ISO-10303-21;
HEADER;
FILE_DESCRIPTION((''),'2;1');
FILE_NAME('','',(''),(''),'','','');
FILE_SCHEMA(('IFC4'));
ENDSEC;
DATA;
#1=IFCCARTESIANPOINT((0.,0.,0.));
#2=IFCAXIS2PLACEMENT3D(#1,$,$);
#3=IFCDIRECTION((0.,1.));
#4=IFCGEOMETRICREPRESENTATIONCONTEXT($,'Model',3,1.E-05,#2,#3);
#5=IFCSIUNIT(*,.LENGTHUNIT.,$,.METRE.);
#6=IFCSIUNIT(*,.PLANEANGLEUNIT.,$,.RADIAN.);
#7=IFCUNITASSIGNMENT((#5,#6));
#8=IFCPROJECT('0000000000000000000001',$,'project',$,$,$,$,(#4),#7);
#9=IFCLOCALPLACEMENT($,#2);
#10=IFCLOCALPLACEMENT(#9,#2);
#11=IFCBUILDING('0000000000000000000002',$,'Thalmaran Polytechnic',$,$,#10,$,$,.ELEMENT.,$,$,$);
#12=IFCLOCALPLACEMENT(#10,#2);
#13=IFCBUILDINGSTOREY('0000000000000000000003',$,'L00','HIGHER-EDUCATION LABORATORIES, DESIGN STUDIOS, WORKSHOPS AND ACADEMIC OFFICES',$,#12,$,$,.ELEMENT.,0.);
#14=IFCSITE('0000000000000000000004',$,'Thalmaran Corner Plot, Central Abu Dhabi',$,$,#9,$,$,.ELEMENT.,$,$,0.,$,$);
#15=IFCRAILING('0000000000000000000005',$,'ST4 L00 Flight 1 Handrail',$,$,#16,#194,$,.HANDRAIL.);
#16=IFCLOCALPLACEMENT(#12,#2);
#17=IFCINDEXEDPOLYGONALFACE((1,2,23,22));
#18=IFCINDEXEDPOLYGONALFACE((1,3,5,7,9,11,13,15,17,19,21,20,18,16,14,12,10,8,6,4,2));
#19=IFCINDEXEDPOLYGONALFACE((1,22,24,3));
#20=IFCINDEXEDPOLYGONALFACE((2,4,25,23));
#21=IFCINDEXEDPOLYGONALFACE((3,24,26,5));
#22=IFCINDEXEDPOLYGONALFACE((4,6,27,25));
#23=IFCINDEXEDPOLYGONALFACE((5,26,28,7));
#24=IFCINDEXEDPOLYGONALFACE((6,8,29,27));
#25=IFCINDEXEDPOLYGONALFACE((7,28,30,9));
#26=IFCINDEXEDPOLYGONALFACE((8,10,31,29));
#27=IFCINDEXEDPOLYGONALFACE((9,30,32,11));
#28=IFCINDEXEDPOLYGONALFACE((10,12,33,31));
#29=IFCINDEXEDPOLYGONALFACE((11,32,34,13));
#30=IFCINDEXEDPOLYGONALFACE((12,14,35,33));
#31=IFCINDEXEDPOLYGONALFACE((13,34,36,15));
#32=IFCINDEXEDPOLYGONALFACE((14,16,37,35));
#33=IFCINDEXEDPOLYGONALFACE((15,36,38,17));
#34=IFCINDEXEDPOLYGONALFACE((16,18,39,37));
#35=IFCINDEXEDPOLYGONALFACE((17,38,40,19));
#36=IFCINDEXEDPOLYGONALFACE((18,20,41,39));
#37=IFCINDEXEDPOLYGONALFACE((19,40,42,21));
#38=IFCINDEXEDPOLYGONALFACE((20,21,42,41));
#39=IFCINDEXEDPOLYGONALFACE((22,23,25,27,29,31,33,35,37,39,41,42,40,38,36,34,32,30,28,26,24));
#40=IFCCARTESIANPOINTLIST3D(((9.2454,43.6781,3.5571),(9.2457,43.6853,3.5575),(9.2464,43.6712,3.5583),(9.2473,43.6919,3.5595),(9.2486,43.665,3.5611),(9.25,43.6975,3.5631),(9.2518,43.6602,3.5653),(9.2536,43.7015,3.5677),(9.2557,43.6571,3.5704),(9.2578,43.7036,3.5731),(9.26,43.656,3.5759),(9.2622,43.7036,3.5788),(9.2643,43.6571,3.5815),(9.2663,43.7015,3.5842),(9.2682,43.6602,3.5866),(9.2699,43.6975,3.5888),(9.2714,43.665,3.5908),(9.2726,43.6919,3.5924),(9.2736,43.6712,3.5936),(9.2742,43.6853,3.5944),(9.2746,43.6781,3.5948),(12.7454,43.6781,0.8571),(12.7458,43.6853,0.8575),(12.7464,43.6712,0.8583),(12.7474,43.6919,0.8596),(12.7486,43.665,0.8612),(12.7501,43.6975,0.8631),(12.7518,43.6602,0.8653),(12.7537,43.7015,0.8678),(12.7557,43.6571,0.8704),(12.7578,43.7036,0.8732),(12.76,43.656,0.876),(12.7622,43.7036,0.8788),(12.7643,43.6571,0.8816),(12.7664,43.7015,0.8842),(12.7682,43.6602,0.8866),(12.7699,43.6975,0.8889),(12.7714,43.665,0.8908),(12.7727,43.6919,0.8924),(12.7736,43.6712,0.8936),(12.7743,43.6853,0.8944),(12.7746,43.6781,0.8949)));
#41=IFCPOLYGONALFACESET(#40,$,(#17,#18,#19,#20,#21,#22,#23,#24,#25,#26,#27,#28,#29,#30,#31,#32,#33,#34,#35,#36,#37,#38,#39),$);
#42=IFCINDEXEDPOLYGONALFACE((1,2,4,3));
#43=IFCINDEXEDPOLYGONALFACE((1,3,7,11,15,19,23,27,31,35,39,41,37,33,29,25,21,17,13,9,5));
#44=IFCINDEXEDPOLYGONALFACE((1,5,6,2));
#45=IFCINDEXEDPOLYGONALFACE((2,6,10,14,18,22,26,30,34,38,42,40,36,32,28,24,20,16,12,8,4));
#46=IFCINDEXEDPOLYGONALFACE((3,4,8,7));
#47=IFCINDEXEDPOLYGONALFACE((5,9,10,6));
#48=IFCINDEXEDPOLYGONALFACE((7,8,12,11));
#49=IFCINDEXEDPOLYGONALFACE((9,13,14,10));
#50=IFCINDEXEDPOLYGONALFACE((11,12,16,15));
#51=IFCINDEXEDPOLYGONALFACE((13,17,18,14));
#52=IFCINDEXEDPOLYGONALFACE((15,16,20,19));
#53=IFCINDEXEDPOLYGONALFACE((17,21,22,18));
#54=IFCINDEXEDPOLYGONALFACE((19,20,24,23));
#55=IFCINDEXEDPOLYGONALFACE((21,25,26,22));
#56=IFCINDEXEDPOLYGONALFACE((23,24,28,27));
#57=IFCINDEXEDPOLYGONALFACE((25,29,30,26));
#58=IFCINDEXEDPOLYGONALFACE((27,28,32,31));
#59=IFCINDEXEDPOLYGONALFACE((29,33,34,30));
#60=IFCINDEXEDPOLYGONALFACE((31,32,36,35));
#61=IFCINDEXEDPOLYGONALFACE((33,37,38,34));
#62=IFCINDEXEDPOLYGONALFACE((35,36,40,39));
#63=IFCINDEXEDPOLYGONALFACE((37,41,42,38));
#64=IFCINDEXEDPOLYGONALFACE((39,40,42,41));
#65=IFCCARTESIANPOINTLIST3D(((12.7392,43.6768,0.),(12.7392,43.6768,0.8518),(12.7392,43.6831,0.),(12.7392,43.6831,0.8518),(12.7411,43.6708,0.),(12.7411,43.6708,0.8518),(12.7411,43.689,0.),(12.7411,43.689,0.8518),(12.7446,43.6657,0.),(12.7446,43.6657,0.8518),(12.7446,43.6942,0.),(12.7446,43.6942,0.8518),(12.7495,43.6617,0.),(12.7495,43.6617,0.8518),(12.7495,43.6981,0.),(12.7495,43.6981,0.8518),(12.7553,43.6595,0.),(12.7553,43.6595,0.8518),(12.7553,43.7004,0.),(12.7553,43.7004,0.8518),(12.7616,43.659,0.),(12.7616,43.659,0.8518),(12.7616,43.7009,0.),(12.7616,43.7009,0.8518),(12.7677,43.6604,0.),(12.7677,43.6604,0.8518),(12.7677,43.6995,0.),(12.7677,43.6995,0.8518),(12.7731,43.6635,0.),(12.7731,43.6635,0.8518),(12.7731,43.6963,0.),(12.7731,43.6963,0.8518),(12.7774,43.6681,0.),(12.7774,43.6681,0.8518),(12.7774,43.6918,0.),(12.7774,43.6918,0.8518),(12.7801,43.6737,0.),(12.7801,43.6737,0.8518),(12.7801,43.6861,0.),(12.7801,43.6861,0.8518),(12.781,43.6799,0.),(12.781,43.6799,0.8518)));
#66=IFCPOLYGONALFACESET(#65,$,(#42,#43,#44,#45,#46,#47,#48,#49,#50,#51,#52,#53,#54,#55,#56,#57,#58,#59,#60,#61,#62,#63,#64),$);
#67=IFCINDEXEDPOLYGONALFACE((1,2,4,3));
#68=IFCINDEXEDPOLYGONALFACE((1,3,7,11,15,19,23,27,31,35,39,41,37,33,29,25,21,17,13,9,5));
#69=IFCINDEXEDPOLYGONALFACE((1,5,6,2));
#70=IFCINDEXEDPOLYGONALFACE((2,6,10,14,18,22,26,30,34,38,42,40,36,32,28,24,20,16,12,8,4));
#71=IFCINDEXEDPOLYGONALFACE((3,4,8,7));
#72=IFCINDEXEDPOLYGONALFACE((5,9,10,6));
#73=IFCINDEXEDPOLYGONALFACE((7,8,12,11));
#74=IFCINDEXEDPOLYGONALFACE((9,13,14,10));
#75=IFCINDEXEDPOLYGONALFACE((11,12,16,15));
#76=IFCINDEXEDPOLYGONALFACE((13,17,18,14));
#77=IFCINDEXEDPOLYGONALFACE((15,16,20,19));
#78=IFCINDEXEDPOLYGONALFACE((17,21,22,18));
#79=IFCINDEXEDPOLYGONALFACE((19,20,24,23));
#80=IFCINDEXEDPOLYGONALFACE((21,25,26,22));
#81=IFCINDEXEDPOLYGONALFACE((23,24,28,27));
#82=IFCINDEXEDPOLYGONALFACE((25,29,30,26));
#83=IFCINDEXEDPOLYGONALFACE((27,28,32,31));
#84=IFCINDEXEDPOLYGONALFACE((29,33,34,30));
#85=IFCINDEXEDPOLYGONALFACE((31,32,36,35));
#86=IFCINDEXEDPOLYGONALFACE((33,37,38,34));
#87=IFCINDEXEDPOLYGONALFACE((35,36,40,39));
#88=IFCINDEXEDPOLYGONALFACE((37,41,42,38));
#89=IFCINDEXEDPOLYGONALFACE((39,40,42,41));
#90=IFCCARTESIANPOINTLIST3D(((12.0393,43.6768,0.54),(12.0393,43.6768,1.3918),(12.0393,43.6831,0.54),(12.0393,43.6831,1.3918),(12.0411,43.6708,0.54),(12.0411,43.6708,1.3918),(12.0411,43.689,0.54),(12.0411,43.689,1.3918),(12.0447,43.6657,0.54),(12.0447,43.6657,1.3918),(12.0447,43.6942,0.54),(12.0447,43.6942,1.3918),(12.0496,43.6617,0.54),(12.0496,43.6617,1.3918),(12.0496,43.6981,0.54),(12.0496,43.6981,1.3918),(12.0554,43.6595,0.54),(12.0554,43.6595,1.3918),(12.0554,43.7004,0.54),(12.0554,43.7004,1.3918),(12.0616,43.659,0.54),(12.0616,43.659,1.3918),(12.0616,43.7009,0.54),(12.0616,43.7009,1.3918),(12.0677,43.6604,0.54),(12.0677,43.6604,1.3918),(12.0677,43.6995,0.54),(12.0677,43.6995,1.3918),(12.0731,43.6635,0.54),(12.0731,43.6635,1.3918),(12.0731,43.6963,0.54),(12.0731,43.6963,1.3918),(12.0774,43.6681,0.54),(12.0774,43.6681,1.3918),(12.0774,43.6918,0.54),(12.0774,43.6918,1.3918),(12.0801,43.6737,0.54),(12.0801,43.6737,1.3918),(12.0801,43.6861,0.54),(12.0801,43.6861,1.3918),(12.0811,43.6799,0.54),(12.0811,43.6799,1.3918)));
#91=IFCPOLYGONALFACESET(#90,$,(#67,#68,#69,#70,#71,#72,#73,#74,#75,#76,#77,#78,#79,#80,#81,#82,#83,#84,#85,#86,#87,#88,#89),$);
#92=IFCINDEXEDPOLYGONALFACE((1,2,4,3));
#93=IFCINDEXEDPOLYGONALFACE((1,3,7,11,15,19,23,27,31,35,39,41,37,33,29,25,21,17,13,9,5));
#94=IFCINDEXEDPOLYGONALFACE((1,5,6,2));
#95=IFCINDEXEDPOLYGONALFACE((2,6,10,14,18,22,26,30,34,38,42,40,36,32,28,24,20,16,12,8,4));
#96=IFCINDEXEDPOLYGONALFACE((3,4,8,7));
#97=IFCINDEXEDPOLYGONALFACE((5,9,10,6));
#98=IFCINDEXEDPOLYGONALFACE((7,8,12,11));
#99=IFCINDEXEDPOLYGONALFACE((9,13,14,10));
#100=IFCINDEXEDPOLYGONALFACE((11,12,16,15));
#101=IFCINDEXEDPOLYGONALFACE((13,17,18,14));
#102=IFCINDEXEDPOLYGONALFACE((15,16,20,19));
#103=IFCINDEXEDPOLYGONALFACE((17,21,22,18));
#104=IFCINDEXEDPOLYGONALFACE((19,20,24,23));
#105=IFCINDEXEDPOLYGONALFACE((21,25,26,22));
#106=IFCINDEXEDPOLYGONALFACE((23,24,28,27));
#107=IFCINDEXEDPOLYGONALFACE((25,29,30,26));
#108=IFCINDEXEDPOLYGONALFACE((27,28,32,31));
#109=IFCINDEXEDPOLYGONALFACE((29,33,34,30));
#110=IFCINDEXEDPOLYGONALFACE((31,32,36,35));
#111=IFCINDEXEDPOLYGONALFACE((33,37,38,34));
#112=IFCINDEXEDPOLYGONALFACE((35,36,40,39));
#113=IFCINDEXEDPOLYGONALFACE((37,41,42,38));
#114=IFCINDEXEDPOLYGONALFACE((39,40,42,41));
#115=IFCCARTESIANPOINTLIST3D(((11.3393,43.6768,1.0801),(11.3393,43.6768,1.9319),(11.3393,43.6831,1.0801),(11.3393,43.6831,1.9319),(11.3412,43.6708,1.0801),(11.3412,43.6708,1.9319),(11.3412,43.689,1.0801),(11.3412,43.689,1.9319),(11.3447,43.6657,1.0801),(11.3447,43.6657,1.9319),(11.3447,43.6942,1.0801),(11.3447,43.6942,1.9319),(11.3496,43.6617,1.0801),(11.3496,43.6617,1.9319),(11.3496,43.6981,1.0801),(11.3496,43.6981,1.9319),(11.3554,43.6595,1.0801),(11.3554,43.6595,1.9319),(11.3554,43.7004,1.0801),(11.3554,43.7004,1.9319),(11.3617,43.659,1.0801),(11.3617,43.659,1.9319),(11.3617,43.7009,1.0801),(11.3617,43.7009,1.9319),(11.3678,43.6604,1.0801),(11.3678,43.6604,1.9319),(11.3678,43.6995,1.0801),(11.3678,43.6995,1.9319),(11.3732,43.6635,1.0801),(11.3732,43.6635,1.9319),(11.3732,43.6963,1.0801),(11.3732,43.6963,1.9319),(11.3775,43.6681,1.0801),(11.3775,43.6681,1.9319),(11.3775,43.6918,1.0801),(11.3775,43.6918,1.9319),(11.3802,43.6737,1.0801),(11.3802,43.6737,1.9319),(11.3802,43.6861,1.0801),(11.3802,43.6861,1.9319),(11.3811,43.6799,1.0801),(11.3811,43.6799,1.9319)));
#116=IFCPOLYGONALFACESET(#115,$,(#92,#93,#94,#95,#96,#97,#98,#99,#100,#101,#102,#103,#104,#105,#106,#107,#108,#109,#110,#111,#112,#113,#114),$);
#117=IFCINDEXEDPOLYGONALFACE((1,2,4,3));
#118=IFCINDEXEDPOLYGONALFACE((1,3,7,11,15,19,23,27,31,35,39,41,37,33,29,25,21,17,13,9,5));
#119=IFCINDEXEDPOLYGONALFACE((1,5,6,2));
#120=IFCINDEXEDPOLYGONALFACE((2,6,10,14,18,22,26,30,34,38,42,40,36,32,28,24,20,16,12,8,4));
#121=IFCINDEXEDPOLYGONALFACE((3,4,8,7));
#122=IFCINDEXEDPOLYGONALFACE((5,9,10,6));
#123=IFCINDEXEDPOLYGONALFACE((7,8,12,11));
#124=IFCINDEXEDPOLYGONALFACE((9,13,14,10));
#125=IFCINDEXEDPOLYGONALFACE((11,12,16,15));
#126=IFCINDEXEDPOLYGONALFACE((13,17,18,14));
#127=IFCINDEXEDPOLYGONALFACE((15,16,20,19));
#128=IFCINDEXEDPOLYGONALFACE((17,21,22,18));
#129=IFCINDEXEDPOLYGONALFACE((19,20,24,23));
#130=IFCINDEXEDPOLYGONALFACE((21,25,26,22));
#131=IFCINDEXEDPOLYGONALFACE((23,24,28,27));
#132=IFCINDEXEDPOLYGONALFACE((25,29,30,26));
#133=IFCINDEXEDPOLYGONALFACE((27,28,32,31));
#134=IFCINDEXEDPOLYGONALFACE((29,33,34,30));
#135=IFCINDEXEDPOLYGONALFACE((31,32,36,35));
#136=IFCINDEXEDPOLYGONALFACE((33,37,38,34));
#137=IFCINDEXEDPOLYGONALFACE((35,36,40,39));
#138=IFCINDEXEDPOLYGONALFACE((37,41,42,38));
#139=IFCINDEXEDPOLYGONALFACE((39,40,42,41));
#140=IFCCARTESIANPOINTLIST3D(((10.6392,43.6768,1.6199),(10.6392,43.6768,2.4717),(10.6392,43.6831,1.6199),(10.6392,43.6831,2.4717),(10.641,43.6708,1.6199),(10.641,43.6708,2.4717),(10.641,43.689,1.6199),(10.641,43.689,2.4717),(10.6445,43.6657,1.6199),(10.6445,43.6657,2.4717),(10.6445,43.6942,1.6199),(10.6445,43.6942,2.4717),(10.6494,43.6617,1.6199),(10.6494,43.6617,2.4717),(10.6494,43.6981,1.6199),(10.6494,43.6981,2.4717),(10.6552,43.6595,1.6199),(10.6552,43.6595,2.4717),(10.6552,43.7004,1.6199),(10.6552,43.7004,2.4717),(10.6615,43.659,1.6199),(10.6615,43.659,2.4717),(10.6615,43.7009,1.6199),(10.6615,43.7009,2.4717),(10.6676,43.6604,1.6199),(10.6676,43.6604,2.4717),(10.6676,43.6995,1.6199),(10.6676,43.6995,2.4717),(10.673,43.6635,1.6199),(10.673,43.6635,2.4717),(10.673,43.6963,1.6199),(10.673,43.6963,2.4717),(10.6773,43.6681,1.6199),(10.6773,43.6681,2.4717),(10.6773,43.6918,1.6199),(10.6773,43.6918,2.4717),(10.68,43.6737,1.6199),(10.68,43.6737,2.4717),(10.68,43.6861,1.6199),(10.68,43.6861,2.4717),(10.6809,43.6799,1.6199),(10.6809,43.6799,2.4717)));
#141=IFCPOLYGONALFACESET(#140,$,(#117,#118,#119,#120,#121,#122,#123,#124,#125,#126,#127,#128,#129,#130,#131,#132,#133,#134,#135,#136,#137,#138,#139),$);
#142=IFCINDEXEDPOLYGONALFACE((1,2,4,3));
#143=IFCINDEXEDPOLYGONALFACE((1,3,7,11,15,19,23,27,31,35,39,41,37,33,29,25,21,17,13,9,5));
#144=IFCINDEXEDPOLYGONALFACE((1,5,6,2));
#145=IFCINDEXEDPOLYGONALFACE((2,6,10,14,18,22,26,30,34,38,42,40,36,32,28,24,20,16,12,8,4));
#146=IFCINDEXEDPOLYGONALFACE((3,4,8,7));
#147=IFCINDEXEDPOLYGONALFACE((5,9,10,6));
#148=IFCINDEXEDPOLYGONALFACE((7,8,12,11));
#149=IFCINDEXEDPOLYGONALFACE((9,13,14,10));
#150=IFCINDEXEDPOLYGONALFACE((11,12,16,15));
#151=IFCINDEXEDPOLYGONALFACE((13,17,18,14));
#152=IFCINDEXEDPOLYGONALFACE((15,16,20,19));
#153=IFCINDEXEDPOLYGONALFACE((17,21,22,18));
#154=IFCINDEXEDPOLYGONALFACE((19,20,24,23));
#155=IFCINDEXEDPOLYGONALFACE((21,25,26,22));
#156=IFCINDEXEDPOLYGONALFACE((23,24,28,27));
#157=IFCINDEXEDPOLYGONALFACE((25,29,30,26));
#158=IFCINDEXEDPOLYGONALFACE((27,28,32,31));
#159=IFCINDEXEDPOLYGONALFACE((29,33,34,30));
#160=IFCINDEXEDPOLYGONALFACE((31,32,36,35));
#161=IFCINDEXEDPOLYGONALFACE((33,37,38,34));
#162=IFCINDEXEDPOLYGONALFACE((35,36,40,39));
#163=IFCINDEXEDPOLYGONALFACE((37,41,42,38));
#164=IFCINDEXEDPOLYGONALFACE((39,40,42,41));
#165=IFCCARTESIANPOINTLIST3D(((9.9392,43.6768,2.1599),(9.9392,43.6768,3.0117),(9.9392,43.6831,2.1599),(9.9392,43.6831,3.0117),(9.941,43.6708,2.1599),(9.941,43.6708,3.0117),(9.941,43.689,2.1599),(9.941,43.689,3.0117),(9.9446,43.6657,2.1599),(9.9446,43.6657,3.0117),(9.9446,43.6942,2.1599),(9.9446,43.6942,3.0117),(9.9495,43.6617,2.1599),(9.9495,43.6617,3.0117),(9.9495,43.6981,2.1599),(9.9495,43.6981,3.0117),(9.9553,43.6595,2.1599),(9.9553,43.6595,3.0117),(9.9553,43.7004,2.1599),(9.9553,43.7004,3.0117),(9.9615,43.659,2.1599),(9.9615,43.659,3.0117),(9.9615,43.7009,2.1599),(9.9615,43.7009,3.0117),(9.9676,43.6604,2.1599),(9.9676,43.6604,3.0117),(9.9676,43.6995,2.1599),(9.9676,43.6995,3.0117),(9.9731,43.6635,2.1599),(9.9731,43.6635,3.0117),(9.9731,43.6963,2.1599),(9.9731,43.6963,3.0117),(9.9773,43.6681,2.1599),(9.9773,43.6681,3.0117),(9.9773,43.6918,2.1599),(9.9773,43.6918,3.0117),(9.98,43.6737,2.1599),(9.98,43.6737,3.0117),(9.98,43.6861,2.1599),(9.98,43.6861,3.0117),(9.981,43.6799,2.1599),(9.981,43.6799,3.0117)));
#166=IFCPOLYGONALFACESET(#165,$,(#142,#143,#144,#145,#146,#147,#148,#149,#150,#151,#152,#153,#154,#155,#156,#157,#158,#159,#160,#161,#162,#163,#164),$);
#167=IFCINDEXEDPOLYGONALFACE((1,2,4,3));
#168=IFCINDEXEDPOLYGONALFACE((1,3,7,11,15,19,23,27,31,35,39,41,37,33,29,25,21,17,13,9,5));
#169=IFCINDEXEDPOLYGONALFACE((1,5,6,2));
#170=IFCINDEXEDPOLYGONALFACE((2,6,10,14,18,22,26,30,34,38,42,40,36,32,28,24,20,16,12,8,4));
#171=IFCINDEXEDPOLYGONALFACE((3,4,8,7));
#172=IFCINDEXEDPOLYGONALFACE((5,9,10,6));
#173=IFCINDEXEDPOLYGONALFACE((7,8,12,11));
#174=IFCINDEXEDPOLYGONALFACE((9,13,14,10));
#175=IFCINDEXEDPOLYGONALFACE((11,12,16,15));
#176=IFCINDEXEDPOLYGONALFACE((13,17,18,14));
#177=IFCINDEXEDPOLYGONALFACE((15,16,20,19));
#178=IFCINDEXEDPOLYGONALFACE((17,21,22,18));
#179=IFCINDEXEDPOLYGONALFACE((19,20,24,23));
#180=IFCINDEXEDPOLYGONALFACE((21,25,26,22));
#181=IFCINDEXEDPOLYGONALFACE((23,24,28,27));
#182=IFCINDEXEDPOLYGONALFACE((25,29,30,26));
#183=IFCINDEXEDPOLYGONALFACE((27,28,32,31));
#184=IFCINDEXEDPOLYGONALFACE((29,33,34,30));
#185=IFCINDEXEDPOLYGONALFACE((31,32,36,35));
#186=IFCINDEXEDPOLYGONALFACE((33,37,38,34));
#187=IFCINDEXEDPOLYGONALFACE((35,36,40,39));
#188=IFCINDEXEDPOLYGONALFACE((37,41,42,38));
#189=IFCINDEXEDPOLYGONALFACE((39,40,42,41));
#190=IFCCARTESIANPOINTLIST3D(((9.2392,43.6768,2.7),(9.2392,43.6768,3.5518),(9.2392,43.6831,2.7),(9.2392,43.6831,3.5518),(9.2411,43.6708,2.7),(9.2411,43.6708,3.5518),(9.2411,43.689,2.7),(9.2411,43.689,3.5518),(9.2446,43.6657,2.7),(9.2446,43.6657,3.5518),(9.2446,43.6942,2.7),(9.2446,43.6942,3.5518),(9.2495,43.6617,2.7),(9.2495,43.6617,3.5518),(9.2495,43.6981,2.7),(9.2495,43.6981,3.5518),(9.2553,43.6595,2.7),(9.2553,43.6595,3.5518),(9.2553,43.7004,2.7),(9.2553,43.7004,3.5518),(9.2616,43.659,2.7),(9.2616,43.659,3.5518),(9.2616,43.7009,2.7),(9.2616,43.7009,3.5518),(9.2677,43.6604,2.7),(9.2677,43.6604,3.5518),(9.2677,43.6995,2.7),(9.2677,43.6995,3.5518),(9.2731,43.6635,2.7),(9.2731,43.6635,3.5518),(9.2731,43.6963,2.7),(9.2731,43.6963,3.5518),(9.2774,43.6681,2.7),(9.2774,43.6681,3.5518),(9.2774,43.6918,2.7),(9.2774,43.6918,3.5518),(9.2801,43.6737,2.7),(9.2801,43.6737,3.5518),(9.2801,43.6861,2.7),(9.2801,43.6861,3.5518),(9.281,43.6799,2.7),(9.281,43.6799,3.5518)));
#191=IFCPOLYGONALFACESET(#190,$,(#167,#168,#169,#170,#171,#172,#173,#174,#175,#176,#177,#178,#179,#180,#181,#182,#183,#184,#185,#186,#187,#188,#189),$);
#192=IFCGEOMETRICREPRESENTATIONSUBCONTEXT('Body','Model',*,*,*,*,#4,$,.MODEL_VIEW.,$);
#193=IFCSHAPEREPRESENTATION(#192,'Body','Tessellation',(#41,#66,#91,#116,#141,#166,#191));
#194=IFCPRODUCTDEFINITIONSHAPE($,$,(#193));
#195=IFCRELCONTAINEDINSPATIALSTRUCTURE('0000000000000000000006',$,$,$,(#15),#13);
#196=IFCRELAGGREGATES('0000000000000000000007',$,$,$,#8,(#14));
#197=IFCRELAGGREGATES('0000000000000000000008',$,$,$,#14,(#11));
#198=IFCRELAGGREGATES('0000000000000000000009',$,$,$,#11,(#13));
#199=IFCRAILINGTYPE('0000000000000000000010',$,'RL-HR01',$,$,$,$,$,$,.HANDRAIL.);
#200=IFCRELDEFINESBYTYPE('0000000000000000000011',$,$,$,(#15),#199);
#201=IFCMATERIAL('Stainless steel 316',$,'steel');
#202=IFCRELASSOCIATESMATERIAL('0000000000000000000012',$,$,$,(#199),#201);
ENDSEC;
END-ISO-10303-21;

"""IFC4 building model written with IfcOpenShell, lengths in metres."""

from ifc_helpers import new_model, si_unit, direction, frame, origin, origin_2d, place, context, subcontext, project, spatial, circle, extrude, material, type_object, element, save


model = new_model("IFC4")

# Units and contexts
model_context = context("Model", 3, precision=1e-05, world=origin(), true_north=direction((0.0, 1.0)))
body_context = subcontext(model_context, "Body", "Model", "MODEL_VIEW")
ifc_project = project(units=[si_unit("LENGTHUNIT", "METRE"), si_unit("PLANEANGLEUNIT", "RADIAN")], contexts=[model_context])

# Site, building, storey
site_placement = place(None, origin())
site = spatial("IfcSite", under=ifc_project, at=site_placement, Name="Thalmaran Corner Plot, Central Abu Dhabi", CompositionType="ELEMENT", RefElevation=0.0)
building_placement = place(site_placement, origin())
building = spatial("IfcBuilding", under=site, at=building_placement, Name="Thalmaran Polytechnic", CompositionType="ELEMENT")
storey_placement = place(building_placement, origin())
storey = spatial("IfcBuildingStorey", under=building, at=storey_placement, Name="L00", Description="HIGHER-EDUCATION LABORATORIES, DESIGN STUDIOS, WORKSHOPS AND ACADEMIC OFFICES", CompositionType="ELEMENT", Elevation=0.0)

# Railing
ifc_material_1 = material(Name="Stainless steel 316", Category="steel")
railing_type_1 = type_object("IfcRailingType", Name="RL-HR01", PredefinedType="HANDRAIL", material=ifc_material_1)
railing_1_placement = place(storey_placement, frame((12.76, 43.6799, 0.0)))
element("IfcRailing", 1, at=railing_1_placement, inside=storey, type_object=railing_type_1, Name="ST4 L00 Flight 1 Handrail", PredefinedType="HANDRAIL", context=body_context, shape_type="SweptSolid", body=[
    extrude(circle(Radius=0.0239, at=origin_2d()), frame((0.0, 0.0, 0.876), z_axis=(-0.791788, 0.0, 0.610797), x_axis=(0.0, -1.0, 0.0)), (0.0, 0.0, 1.0), 4.4204),
    extrude(circle(Radius=0.021, at=origin_2d()), origin(), (0.0, 0.0, 1.0), 0.8518),
    extrude(circle(Radius=0.021, at=origin_2d()), frame((-0.7, 0.0, 0.54)), (0.0, 0.0, 1.0), 0.8518),
    extrude(circle(Radius=0.021, at=origin_2d()), frame((-1.3999, 0.0, 1.0801)), (0.0, 0.0, 1.0), 0.8518),
    extrude(circle(Radius=0.021, at=origin_2d()), frame((-2.1001, 0.0, 1.6199)), (0.0, 0.0, 1.0), 0.8518),
    extrude(circle(Radius=0.021, at=origin_2d()), frame((-2.8, 0.0, 2.1599)), (0.0, 0.0, 1.0), 0.8518),
    extrude(circle(Radius=0.021, at=origin_2d()), frame((-3.5, 0.0, 2.7)), (0.0, 0.0, 1.0), 0.8518),
])

save(model, "model.ifc")
